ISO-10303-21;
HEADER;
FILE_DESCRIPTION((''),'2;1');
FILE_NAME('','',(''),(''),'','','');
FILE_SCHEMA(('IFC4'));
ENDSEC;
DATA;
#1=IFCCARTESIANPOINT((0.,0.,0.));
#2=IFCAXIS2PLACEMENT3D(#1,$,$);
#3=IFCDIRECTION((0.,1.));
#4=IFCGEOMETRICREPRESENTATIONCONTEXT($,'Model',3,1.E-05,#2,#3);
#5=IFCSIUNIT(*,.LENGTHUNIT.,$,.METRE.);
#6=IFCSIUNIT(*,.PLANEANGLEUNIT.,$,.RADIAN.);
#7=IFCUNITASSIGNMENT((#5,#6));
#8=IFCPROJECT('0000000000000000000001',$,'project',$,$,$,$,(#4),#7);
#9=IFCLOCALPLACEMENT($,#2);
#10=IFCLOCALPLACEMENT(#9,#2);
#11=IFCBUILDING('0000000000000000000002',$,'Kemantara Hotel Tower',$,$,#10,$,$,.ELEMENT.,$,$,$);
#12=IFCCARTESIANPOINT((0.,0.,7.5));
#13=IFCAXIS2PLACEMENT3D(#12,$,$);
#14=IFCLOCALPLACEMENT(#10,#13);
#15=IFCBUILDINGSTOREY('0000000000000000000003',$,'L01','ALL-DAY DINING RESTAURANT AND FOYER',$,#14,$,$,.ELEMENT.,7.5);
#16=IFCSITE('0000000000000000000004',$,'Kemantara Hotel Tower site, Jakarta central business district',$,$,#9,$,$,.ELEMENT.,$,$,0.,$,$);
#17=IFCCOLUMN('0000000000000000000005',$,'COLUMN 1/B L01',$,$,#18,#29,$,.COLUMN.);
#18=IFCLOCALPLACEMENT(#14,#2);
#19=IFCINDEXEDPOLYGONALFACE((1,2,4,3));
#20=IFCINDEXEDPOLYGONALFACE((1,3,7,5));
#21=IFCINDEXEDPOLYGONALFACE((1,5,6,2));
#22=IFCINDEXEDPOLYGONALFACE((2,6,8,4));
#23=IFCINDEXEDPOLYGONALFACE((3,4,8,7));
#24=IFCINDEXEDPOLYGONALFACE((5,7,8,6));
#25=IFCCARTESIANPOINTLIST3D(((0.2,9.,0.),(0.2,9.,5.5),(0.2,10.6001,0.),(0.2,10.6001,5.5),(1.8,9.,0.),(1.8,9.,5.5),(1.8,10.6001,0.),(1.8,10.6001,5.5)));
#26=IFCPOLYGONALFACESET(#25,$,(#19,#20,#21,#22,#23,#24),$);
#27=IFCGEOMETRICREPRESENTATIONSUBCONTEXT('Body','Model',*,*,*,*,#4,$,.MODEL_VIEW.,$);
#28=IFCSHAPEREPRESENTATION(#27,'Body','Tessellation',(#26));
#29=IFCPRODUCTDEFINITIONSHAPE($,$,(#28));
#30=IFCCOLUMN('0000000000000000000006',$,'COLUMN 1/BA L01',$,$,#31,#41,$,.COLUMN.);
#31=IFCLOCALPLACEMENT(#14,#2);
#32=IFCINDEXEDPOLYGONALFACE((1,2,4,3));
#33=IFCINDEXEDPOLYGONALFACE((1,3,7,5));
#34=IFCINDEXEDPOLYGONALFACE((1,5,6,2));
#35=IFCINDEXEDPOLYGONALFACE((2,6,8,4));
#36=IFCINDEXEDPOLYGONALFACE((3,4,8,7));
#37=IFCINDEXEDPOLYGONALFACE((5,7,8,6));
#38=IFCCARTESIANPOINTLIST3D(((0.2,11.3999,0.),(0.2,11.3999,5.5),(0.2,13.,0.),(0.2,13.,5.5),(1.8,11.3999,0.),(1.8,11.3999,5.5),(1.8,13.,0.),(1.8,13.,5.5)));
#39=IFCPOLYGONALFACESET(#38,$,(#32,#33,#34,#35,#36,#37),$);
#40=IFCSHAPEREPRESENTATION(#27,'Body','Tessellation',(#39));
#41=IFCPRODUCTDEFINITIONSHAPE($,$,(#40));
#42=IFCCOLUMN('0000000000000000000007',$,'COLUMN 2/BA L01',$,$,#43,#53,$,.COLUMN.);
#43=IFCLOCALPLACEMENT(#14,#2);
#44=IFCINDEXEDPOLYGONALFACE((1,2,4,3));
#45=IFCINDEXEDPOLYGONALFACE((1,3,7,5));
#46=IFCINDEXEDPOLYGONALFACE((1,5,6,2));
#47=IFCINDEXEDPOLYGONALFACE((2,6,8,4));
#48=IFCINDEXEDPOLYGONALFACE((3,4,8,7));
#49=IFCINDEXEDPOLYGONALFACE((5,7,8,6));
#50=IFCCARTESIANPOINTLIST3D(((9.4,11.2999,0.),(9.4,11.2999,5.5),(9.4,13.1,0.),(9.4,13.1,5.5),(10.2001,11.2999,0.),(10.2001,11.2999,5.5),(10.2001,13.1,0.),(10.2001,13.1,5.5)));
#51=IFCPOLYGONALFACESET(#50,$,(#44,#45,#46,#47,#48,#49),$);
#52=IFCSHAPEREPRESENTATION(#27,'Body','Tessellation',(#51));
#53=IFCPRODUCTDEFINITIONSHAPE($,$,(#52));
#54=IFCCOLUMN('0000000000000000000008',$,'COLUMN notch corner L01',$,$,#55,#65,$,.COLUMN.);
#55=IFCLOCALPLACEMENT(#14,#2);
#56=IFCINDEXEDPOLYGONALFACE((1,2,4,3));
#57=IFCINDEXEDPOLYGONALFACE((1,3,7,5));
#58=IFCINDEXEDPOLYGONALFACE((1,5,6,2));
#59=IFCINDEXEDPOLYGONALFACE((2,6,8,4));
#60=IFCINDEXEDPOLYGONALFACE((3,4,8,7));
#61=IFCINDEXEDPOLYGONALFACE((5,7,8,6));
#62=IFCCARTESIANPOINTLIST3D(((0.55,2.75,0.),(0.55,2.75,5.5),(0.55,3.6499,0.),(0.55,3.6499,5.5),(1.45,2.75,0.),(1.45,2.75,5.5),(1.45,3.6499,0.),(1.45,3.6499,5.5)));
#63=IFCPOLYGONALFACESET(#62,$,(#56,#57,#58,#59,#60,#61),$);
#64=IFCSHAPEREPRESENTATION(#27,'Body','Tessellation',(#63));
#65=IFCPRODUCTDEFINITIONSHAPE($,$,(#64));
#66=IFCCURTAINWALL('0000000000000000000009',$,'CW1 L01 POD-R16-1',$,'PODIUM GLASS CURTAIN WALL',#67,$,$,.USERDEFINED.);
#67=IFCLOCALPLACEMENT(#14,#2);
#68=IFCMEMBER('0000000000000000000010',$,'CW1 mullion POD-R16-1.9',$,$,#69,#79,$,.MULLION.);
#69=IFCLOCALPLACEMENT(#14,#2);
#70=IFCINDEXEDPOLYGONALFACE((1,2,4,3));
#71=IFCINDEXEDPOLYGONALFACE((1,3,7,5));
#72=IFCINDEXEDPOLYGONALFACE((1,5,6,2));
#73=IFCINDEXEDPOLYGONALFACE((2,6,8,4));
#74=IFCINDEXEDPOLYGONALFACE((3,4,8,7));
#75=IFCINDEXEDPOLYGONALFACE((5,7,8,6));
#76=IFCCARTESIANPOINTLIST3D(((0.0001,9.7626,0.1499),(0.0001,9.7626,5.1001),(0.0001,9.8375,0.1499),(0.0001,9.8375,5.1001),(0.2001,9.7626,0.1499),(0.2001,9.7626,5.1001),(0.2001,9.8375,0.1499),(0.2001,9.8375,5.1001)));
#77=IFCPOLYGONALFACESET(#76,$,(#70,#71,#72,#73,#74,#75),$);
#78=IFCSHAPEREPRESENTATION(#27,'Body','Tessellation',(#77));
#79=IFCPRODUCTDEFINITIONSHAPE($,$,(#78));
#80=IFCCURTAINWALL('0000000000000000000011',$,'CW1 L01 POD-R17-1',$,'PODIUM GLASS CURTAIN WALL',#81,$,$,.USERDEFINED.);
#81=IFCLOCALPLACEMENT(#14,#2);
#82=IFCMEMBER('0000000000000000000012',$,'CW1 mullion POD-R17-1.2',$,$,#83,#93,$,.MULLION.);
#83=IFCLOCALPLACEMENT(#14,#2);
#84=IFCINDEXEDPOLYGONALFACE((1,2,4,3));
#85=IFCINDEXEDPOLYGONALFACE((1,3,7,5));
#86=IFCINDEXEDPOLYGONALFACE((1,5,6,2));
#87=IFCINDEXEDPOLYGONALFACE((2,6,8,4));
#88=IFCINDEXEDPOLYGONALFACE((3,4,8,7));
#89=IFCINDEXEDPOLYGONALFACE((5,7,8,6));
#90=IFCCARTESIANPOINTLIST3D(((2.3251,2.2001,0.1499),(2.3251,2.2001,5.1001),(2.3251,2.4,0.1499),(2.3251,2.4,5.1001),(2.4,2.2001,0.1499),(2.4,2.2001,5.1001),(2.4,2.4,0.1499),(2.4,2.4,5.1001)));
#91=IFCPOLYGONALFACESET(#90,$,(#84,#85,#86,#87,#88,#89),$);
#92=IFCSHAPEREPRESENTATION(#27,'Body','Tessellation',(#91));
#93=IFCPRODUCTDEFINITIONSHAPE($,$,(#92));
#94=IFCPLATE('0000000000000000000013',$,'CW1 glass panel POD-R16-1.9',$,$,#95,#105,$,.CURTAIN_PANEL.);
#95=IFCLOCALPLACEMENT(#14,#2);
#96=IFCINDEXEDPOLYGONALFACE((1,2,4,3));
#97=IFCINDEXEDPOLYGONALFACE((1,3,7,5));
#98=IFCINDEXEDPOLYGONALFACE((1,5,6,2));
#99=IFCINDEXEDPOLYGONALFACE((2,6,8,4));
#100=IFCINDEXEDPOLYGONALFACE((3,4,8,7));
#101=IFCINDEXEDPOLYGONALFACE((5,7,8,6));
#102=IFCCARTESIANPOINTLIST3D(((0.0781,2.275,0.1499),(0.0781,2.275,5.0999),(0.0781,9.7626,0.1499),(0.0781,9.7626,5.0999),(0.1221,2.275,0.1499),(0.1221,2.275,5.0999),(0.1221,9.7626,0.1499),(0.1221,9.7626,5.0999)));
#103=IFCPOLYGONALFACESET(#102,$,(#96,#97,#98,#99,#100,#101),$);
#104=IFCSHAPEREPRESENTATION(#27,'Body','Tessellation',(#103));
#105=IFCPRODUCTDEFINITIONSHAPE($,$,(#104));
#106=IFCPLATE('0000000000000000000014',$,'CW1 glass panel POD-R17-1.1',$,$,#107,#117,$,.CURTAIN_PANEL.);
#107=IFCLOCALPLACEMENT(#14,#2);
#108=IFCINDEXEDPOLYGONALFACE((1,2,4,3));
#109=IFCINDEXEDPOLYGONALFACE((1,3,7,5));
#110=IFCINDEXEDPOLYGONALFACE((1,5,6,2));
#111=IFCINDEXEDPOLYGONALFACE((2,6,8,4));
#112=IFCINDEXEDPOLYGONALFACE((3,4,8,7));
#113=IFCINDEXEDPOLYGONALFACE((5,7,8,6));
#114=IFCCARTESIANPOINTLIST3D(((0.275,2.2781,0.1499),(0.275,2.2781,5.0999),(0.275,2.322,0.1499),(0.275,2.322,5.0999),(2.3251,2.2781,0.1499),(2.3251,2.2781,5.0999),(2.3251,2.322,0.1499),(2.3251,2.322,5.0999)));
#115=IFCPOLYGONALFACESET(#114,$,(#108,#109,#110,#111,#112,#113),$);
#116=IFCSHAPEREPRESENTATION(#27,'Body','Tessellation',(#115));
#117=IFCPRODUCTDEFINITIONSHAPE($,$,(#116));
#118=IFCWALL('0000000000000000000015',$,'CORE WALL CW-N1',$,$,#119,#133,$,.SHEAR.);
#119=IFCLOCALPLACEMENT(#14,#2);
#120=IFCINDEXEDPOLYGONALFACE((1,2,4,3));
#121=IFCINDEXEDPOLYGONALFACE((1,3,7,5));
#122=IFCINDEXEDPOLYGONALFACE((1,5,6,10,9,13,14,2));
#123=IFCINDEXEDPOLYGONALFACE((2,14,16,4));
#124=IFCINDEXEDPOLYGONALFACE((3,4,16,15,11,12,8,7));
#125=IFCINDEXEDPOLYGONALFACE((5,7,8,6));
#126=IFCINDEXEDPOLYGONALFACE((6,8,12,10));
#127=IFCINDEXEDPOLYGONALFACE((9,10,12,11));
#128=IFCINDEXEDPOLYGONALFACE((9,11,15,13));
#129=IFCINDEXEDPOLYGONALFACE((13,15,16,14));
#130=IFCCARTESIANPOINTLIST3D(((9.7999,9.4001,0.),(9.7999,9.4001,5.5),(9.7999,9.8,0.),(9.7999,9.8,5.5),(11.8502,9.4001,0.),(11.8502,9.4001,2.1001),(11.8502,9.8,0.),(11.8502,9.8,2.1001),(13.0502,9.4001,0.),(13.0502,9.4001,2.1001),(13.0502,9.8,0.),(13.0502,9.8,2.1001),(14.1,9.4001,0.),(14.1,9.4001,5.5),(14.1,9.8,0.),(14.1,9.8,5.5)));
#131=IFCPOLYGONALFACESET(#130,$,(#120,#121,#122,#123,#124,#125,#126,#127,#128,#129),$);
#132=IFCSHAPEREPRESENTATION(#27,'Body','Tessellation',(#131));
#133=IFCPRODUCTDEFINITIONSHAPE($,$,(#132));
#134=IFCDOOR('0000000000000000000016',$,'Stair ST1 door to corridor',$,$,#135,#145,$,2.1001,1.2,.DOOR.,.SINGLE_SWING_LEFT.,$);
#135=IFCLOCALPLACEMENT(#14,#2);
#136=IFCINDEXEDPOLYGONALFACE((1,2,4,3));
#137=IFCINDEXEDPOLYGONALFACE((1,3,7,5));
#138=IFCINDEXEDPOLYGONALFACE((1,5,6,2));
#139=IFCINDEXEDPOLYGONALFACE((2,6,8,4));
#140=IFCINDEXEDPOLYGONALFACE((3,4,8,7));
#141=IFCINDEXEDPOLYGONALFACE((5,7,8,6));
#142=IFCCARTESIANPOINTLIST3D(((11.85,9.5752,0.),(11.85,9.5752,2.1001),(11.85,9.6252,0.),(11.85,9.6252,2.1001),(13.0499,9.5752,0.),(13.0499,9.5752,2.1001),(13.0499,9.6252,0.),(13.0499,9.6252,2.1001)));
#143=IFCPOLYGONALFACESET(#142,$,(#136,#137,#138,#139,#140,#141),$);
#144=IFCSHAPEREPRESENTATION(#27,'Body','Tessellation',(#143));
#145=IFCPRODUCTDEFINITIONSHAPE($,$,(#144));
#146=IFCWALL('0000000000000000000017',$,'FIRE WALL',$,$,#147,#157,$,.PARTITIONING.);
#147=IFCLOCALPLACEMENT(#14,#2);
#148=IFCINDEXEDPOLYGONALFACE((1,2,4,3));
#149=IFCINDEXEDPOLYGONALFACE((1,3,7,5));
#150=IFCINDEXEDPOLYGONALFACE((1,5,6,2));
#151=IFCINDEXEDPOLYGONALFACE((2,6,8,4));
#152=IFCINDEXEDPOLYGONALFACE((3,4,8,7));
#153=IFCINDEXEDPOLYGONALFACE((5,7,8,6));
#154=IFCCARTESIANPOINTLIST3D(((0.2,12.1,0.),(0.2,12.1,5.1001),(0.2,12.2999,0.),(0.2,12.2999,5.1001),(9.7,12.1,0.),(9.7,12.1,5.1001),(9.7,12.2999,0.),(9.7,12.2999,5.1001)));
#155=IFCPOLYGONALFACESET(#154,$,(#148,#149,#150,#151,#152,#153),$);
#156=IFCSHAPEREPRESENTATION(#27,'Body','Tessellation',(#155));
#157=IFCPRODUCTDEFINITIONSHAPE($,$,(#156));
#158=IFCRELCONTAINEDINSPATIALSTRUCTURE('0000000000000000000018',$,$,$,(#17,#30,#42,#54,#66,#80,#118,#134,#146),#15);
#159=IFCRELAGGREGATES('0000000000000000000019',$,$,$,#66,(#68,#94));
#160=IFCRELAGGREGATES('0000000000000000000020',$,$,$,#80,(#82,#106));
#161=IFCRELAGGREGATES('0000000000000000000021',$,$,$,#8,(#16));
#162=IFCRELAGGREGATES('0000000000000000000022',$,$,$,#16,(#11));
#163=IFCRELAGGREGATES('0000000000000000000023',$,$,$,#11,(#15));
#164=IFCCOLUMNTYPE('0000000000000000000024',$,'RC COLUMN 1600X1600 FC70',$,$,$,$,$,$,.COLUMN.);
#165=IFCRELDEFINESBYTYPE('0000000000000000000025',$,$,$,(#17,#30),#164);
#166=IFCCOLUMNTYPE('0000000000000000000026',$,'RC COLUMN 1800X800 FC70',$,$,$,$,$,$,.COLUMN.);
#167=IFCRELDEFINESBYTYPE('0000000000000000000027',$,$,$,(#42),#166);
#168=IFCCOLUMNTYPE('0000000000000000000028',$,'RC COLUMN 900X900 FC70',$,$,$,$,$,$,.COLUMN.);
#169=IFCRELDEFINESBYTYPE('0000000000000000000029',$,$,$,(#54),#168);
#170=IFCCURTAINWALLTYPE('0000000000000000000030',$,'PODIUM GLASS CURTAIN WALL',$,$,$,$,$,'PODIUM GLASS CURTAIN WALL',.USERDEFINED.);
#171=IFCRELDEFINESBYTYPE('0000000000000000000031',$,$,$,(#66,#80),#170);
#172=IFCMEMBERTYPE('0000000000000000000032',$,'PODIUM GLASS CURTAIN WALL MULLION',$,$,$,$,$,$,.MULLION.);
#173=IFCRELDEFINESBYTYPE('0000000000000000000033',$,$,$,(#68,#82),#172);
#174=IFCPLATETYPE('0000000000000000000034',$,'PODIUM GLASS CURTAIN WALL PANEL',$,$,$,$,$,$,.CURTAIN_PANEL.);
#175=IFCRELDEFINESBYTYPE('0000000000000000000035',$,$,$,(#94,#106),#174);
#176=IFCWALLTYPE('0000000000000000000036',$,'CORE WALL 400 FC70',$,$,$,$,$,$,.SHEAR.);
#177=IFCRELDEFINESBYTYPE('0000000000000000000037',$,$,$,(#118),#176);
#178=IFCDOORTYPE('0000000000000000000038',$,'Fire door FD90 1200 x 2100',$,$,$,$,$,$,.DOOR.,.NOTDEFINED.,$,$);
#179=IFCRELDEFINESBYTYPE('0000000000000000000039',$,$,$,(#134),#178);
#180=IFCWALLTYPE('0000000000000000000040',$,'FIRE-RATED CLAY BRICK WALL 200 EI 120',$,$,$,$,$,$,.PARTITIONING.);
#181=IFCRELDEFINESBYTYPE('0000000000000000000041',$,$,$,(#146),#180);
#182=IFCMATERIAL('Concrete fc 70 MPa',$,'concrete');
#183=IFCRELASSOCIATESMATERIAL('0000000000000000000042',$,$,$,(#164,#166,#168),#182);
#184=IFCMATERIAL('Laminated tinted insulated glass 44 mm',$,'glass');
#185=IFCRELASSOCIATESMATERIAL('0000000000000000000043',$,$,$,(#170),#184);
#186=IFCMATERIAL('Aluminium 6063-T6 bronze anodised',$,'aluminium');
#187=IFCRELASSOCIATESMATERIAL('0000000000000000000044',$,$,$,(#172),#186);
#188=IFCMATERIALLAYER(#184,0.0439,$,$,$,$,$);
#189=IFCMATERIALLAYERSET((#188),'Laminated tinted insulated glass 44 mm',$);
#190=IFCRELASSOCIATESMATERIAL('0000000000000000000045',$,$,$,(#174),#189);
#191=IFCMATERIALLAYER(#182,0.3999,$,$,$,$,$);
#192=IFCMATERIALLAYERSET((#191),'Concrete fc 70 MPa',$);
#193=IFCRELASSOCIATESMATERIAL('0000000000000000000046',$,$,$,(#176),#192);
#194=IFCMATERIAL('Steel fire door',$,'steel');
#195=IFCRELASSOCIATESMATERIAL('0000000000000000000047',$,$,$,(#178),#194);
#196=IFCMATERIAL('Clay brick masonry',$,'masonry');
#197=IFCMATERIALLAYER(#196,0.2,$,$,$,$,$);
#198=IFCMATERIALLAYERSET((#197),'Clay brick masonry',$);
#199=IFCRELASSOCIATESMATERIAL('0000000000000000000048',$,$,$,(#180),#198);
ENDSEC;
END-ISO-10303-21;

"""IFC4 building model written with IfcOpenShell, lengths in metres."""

from ifc_helpers import new_model, si_unit, direction, frame, frame_2d, origin, origin_2d, place, context, subcontext, project, spatial, rectangle, extrude, source, transform, mapped, material, layer, layer_set, material_profile, profile_set, type_object, element, fill, aggregate, save


model = new_model("IFC4")

# Units and contexts
model_context = context("Model", 3, precision=1e-05, world=origin(), true_north=direction((0.0, 1.0)))
body_context = subcontext(model_context, "Body", "Model", "MODEL_VIEW")
ifc_project = project(units=[si_unit("LENGTHUNIT", "METRE"), si_unit("PLANEANGLEUNIT", "RADIAN")], contexts=[model_context])

# Site, building, storey
site_placement = place(None, origin())
site = spatial("IfcSite", under=ifc_project, at=site_placement, Name="Kemantara Hotel Tower site, Jakarta central business district", CompositionType="ELEMENT", RefElevation=0.0)
building_placement = place(site_placement, origin())
building = spatial("IfcBuilding", under=site, at=building_placement, Name="Kemantara Hotel Tower", CompositionType="ELEMENT")
storey_placement = place(building_placement, frame((0.0, 0.0, 7.5)))
storey = spatial("IfcBuildingStorey", under=building, at=storey_placement, Name="L01", Description="ALL-DAY DINING RESTAURANT AND FOYER", CompositionType="ELEMENT", Elevation=7.5)

# Columns
ifc_material_1 = material(Name="Concrete fc 70 MPa", Category="concrete")
ifc_material_profile_1 = material_profile(ifc_material_1, rectangle(XDim=1.6001, YDim=1.6001, at=origin_2d()), Name="RC 1600X1600")
ifc_profile_set_1 = profile_set([ifc_material_profile_1], Name="Concrete fc 70 MPa")
column_type_1 = type_object("IfcColumnType", Name="RC COLUMN 1600X1600 FC70", PredefinedType="COLUMN", material=ifc_profile_set_1)
for number, where, z_axis, x_axis, name in (
    (1, (1.0, 9.8, 0.0), (0.0, 0.0, 1.0), (1.0, 0.0, 0.0), "COLUMN 1/B L01"),
    (2, (1.0, 12.2, 0.0), (0.0, 0.0, 1.0), (1.0, 0.0, 0.0), "COLUMN 1/BA L01"),
):
    element("IfcColumn", number, at=place(storey_placement, frame(where, z_axis=z_axis, x_axis=x_axis)), inside=storey, type_object=column_type_1, Name=name, PredefinedType="COLUMN", context=body_context, shape_type="SweptSolid", body=[
        extrude(rectangle(XDim=1.6001, YDim=1.6001, at=origin_2d()), origin(), (0.0, 0.0, 1.0), 5.5),
    ])
ifc_material_profile_2 = material_profile(ifc_material_1, rectangle(XDim=1.8, YDim=0.8, at=origin_2d()), Name="RC 1800X800")
ifc_profile_set_2 = profile_set([ifc_material_profile_2], Name="Concrete fc 70 MPa")
column_type_2 = type_object("IfcColumnType", Name="RC COLUMN 1800X800 FC70", PredefinedType="COLUMN", material=ifc_profile_set_2)
column_1_placement = place(storey_placement, frame((9.8, 12.2, 0.0), z_axis=(0.0, 0.0, 1.0), x_axis=(0.0, 1.0, 0.0)))
element("IfcColumn", 3, at=column_1_placement, inside=storey, type_object=column_type_2, Name="COLUMN 2/BA L01", PredefinedType="COLUMN", context=body_context, shape_type="SweptSolid", body=[
    extrude(rectangle(XDim=1.8, YDim=0.8, at=origin_2d()), origin(), (0.0, 0.0, 1.0), 5.5),
])
ifc_material_profile_3 = material_profile(ifc_material_1, rectangle(XDim=0.8999, YDim=0.8999, at=origin_2d()), Name="RC 900X900")
ifc_profile_set_3 = profile_set([ifc_material_profile_3], Name="Concrete fc 70 MPa")
column_type_3 = type_object("IfcColumnType", Name="RC COLUMN 900X900 FC70", PredefinedType="COLUMN", material=ifc_profile_set_3)
column_2_placement = place(storey_placement, frame((1.0, 3.2, 0.0), z_axis=(0.0, 0.0, 1.0), x_axis=(1.0, 0.0, 0.0)))
element("IfcColumn", 4, at=column_2_placement, inside=storey, type_object=column_type_3, Name="COLUMN notch corner L01", PredefinedType="COLUMN", context=body_context, shape_type="SweptSolid", body=[
    extrude(rectangle(XDim=0.8999, YDim=0.8999, at=origin_2d()), origin(), (0.0, 0.0, 1.0), 5.5),
])

# Curtain walls, members
ifc_material_2 = material(Name="Laminated tinted insulated glass 44 mm", Category="glass")
curtain_wall_type = type_object("IfcCurtainWallType", Name="PODIUM GLASS CURTAIN WALL", ElementType="PODIUM GLASS CURTAIN WALL", PredefinedType="USERDEFINED", material=ifc_material_2)
curtain_wall_1_placement = place(storey_placement, origin())
curtain_wall_1 = element("IfcCurtainWall", 5, at=curtain_wall_1_placement, inside=storey, type_object=curtain_wall_type, Name="CW1 L01 POD-R16-1", ObjectType="PODIUM GLASS CURTAIN WALL", PredefinedType="USERDEFINED")
ifc_material_3 = material(Name="Aluminium 6063-T6 bronze anodised", Category="aluminium")
ifc_material_profile_4 = material_profile(ifc_material_3, rectangle(XDim=0.2, YDim=0.075, at=origin_2d()), Name="PODIUM GLASS CURTAIN WALL MULLION")
ifc_profile_set_4 = profile_set([ifc_material_profile_4], Name="Aluminium 6063-T6 bronze anodised")
member_type = type_object("IfcMemberType", Name="PODIUM GLASS CURTAIN WALL MULLION", PredefinedType="MULLION", material=ifc_profile_set_4)
shared_shape_1 = source(origin(), body_context, "Body", "SweptSolid", [
    extrude(rectangle(XDim=0.2, YDim=0.075, at=origin_2d()), origin(), (0.0, 0.0, 1.0), 4.9502),
])
member_1_placement = place(storey_placement, frame((0.1001, 9.8, 0.1499), z_axis=(0.0, 0.0, 1.0), x_axis=(1.0, 0.0, 0.0)))
member_1 = element("IfcMember", 6, at=member_1_placement, type_object=member_type, Name="CW1 mullion POD-R16-1.9", PredefinedType="MULLION", context=body_context, shape_type="MappedRepresentation", body=[
    mapped(shared_shape_1, transform((0.0, 0.0, 0.0))),
])
curtain_wall_2_placement = place(storey_placement, origin())
curtain_wall_2 = element("IfcCurtainWall", 7, at=curtain_wall_2_placement, inside=storey, type_object=curtain_wall_type, Name="CW1 L01 POD-R17-1", ObjectType="PODIUM GLASS CURTAIN WALL", PredefinedType="USERDEFINED")
member_2_placement = place(storey_placement, frame((2.3625, 2.3, 0.1499), z_axis=(0.0, 0.0, 1.0), x_axis=(0.0, 1.0, 0.0)))
member_2 = element("IfcMember", 8, at=member_2_placement, type_object=member_type, Name="CW1 mullion POD-R17-1.2", PredefinedType="MULLION", context=body_context, shape_type="MappedRepresentation", body=[
    mapped(shared_shape_1, transform((0.0, 0.0, 0.0))),
])

# Plates
ifc_layer_1 = layer(ifc_material_2, 0.0439)
ifc_layer_set_1 = layer_set([ifc_layer_1], Name="Laminated tinted insulated glass 44 mm")
plate_type = type_object("IfcPlateType", Name="PODIUM GLASS CURTAIN WALL PANEL", PredefinedType="CURTAIN_PANEL", material=ifc_layer_set_1)
shared_shape_2 = source(origin(), body_context, "Body", "SweptSolid", [
    extrude(rectangle(XDim=7.4875, YDim=0.0439, at=origin_2d()), origin(), (0.0, 0.0, 1.0), 4.95),
])
plate_1_placement = place(storey_placement, frame((0.1001, 6.0188, 0.1499), z_axis=(0.0, 0.0, 1.0), x_axis=(0.0, -1.0, 0.0)))
plate_1 = element("IfcPlate", 9, at=plate_1_placement, type_object=plate_type, Name="CW1 glass panel POD-R16-1.9", PredefinedType="CURTAIN_PANEL", context=body_context, shape_type="MappedRepresentation", body=[
    mapped(shared_shape_2, transform((0.0, 0.0, 0.0))),
])
aggregate(curtain_wall_1, [member_1, plate_1])
shared_shape_3 = source(origin(), body_context, "Body", "SweptSolid", [
    extrude(rectangle(XDim=2.05, YDim=0.0439, at=origin_2d()), origin(), (0.0, 0.0, 1.0), 4.95),
])
plate_2_placement = place(storey_placement, frame((1.3, 2.3, 0.1499), z_axis=(0.0, 0.0, 1.0), x_axis=(1.0, 0.0, 0.0)))
plate_2 = element("IfcPlate", 10, at=plate_2_placement, type_object=plate_type, Name="CW1 glass panel POD-R17-1.1", PredefinedType="CURTAIN_PANEL", context=body_context, shape_type="MappedRepresentation", body=[
    mapped(shared_shape_3, transform((0.0, 0.0, 0.0))),
])
aggregate(curtain_wall_2, [member_2, plate_2])

# Wall, opening, door
ifc_layer_2 = layer(ifc_material_1, 0.3999)
ifc_layer_set_2 = layer_set([ifc_layer_2], Name="Concrete fc 70 MPa")
wall_type_1 = type_object("IfcWallType", Name="CORE WALL 400 FC70", PredefinedType="SHEAR", material=ifc_layer_set_2)
wall_1_placement = place(storey_placement, frame((9.8, 9.6001, 0.0), z_axis=(0.0, 0.0, 1.0), x_axis=(1.0, 0.0, 0.0)))
wall_1 = element("IfcWall", 11, at=wall_1_placement, inside=storey, type_object=wall_type_1, Name="CORE WALL CW-N1", PredefinedType="SHEAR", context=body_context, shape_type="SweptSolid", body=[
    extrude(rectangle(XDim=4.3, YDim=0.3999, at=frame_2d((2.1499, 0.0))), origin(), (0.0, 0.0, 1.0), 5.5),
])
opening_1_placement = place(wall_1_placement, frame((2.05, 0.0, 0.0)))
opening_1 = element("IfcOpeningElement", 12, at=opening_1_placement, cuts=wall_1, PredefinedType="OPENING", context=body_context, shape_type="SweptSolid", body=[
    extrude(rectangle(XDim=1.2, YDim=2.1001, at=frame_2d((0.6001, 1.05))), frame((0.0, 0.21, 0.0), z_axis=(0.0, -1.0, 0.0), x_axis=(1.0, 0.0, 0.0)), (0.0, 0.0, 1.0), 0.4199),
])
ifc_material_4 = material(Name="Steel fire door", Category="steel")
door_type_1 = type_object("IfcDoorType", Name="Fire door FD90 1200 x 2100", OperationType="NOTDEFINED", PredefinedType="DOOR", material=ifc_material_4)
door_1_placement = place(opening_1_placement, frame((1.2, 0.0, 0.0), z_axis=(0.0, 0.0, 1.0), x_axis=(-1.0, 0.0, 0.0)))
door_1 = element("IfcDoor", 13, at=door_1_placement, inside=storey, type_object=door_type_1, Name="Stair ST1 door to corridor", OperationType="SINGLE_SWING_LEFT", OverallHeight=2.1001, OverallWidth=1.2, PredefinedType="DOOR", context=body_context, shape_type="SweptSolid", body=[
    extrude(rectangle(XDim=1.2, YDim=2.1001, at=frame_2d((0.6001, 1.05))), frame((0.0, 0.0249, 0.0), z_axis=(0.0, -1.0, 0.0), x_axis=(1.0, 0.0, 0.0)), (0.0, 0.0, 1.0), 0.05),
])
fill(opening_1, door_1)

# Wall
ifc_material_5 = material(Name="Clay brick masonry", Category="masonry")
ifc_layer_3 = layer(ifc_material_5, 0.2)
ifc_layer_set_3 = layer_set([ifc_layer_3], Name="Clay brick masonry")
wall_type_2 = type_object("IfcWallType", Name="FIRE-RATED CLAY BRICK WALL 200 EI 120", PredefinedType="PARTITIONING", material=ifc_layer_set_3)
wall_2_placement = place(storey_placement, frame((0.2, 12.2, 0.0), z_axis=(0.0, 0.0, 1.0), x_axis=(1.0, 0.0, 0.0)))
element("IfcWall", 14, at=wall_2_placement, inside=storey, type_object=wall_type_2, Name="FIRE WALL", PredefinedType="PARTITIONING", context=body_context, shape_type="SweptSolid", body=[
    extrude(rectangle(XDim=9.5, YDim=0.2, at=frame_2d((4.75, 0.0))), origin(), (0.0, 0.0, 1.0), 5.1001),
])

save(model, "model.ifc")
